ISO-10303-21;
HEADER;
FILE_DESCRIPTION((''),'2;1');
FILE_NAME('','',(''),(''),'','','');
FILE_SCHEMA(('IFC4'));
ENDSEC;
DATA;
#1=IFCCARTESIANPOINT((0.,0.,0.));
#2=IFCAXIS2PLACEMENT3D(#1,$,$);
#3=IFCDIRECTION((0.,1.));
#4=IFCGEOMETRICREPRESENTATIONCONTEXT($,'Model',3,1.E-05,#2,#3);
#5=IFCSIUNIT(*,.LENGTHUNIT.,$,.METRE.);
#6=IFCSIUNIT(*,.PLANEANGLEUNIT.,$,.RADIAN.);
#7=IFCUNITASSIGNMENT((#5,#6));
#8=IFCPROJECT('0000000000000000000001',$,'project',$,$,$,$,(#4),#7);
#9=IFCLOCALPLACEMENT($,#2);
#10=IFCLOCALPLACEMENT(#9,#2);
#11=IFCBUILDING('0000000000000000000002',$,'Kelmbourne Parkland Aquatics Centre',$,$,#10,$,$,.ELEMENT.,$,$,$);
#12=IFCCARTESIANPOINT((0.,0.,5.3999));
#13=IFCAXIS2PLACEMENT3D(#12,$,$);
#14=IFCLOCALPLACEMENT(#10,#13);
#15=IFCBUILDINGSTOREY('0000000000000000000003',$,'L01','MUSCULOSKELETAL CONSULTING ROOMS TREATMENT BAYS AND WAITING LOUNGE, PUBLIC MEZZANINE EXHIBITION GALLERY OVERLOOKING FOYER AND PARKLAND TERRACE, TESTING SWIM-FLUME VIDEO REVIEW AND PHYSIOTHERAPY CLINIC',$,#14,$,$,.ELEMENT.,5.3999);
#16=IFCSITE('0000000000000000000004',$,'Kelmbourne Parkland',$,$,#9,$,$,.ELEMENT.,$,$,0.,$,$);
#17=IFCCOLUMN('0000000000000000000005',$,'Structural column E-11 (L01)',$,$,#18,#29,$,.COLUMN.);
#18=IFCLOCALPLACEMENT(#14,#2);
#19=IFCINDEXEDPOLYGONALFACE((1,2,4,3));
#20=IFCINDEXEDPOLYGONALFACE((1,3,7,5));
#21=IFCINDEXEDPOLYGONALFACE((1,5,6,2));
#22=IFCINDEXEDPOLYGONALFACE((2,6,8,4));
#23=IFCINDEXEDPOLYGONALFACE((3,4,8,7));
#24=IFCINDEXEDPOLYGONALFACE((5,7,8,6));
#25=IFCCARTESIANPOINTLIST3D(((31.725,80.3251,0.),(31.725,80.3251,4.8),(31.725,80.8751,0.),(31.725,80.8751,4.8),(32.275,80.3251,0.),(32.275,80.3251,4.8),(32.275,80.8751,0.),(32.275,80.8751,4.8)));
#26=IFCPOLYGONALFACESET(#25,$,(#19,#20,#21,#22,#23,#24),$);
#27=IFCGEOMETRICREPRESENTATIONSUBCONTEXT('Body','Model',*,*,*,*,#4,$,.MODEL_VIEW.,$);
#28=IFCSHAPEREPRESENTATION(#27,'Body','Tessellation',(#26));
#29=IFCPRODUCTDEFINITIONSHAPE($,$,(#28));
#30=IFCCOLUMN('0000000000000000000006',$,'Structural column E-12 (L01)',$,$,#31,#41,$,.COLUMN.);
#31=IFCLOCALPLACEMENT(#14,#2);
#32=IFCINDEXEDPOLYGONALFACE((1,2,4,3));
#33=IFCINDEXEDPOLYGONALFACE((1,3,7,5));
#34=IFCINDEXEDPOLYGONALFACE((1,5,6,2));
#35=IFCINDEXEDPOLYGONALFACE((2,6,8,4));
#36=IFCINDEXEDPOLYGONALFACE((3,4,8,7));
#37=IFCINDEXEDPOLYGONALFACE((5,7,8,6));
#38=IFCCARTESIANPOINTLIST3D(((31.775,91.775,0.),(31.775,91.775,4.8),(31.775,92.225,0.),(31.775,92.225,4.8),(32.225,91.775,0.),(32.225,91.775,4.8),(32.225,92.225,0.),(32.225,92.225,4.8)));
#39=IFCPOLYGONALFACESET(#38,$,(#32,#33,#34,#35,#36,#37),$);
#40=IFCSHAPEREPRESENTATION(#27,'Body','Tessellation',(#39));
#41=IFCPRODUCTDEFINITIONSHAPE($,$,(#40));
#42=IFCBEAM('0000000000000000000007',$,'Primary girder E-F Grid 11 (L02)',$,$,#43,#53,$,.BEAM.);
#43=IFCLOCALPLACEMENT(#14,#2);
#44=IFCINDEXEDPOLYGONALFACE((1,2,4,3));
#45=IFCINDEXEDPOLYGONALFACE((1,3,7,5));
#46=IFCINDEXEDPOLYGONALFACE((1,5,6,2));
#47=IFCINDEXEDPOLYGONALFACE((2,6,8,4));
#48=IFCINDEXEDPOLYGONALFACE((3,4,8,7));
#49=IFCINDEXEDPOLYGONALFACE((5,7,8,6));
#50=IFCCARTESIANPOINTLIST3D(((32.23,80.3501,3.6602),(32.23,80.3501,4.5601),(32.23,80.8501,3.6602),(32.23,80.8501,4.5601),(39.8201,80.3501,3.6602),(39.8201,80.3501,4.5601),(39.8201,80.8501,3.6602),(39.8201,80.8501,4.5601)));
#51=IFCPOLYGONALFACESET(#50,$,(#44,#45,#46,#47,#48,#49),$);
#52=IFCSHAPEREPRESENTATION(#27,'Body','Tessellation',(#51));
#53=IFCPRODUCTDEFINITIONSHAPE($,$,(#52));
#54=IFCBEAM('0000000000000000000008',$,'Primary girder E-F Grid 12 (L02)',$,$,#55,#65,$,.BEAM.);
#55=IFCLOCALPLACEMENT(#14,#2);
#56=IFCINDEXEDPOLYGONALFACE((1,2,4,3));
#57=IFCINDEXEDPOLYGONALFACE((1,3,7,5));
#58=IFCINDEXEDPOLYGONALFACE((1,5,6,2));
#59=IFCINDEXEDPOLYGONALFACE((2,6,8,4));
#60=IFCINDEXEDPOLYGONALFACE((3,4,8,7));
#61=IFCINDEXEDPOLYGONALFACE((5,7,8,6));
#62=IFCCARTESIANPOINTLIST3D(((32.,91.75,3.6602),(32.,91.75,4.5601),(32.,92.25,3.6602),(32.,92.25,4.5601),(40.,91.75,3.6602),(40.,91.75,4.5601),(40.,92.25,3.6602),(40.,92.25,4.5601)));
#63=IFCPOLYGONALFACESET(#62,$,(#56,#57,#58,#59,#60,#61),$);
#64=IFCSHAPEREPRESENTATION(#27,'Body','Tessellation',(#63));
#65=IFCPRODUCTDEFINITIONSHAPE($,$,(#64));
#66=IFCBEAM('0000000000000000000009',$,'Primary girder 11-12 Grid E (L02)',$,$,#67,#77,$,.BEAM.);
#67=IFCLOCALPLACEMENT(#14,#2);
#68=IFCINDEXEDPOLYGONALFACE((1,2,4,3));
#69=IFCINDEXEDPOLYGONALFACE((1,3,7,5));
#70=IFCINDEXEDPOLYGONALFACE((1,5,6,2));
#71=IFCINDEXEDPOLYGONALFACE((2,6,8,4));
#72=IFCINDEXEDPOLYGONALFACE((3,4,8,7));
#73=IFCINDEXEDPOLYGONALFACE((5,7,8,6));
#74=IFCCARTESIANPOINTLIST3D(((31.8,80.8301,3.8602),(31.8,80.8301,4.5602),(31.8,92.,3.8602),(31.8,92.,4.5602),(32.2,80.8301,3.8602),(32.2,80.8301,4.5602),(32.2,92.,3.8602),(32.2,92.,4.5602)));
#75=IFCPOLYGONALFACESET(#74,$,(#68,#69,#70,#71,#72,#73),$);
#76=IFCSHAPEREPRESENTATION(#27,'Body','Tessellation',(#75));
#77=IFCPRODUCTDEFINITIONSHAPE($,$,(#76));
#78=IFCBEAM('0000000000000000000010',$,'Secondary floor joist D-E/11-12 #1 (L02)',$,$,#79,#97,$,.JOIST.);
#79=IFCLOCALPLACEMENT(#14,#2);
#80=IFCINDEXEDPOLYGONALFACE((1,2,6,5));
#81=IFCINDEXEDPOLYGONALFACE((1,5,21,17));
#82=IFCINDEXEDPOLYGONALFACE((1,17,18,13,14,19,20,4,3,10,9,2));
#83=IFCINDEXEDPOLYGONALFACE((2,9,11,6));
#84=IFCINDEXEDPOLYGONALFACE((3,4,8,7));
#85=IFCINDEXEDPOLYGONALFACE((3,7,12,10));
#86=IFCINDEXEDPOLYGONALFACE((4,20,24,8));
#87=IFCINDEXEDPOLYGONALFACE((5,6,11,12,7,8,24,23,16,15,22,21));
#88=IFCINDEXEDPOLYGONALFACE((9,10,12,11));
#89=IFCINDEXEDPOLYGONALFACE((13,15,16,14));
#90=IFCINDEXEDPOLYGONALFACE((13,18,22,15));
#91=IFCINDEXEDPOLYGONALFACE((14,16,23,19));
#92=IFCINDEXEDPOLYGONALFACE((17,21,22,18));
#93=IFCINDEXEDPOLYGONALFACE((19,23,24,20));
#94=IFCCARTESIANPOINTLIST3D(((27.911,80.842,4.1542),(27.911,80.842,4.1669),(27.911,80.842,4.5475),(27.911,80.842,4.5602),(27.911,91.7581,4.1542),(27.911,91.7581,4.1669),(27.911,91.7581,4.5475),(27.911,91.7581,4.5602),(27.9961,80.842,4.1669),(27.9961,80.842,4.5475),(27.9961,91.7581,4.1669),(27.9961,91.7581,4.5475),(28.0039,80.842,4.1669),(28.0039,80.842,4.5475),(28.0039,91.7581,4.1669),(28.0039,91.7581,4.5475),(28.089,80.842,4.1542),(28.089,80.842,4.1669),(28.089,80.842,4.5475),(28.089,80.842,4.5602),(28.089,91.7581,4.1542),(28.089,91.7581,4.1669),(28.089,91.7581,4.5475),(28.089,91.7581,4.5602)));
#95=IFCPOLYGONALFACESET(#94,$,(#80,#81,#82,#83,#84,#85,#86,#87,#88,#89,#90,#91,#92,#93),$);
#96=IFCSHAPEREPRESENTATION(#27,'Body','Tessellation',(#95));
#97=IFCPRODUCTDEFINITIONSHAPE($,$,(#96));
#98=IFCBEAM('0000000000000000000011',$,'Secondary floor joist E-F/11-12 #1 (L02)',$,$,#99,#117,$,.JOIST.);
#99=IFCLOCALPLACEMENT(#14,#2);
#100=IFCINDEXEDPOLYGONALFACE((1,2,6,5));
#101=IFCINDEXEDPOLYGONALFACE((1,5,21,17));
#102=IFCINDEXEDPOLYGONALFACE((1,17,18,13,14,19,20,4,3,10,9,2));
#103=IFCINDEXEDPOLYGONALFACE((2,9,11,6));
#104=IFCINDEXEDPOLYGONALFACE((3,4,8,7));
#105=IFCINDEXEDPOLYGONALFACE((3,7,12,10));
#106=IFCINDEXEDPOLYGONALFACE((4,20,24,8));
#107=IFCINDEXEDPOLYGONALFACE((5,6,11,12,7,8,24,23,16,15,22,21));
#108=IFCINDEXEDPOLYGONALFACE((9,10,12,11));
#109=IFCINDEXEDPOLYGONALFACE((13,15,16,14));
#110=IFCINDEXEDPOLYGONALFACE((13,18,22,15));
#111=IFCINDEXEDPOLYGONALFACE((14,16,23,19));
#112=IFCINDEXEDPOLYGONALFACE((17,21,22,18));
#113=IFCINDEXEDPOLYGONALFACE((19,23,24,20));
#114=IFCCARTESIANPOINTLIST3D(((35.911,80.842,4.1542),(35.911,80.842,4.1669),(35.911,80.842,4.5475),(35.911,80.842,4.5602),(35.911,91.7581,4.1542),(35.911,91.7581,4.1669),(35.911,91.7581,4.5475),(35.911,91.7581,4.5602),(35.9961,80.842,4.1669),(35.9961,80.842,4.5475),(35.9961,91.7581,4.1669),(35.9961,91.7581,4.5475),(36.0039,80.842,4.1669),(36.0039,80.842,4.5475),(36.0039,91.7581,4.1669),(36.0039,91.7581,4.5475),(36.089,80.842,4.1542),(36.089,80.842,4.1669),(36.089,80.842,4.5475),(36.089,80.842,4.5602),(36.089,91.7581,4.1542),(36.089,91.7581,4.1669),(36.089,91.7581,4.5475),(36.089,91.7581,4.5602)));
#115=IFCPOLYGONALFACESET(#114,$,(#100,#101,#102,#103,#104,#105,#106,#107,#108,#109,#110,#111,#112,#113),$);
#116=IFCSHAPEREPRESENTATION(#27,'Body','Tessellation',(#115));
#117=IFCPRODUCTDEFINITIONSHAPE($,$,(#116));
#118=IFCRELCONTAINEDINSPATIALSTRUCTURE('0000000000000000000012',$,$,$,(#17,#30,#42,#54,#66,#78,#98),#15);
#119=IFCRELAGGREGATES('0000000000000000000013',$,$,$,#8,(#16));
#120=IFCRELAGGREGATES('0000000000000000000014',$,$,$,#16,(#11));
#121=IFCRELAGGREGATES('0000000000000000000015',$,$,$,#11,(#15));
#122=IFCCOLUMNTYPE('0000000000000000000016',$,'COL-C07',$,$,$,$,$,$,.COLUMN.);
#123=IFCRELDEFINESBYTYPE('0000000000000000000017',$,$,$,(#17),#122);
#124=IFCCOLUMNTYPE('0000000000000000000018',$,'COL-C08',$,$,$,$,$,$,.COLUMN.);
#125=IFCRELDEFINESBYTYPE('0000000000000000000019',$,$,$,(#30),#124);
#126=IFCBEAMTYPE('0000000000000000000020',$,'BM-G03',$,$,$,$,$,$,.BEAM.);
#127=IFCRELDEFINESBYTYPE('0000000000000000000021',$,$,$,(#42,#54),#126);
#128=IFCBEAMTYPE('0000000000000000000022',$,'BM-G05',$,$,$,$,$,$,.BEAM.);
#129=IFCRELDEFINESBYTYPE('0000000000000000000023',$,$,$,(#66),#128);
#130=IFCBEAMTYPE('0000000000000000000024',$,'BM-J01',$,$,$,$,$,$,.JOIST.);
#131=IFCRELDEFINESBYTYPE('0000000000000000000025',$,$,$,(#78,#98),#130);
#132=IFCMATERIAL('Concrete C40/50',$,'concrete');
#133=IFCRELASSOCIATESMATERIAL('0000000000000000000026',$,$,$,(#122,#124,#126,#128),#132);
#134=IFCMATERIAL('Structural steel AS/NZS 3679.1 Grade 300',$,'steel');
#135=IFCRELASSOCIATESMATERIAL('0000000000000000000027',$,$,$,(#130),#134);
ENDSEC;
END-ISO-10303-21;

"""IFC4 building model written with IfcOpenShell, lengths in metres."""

from ifc_helpers import new_model, si_unit, direction, frame, origin, origin_2d, place, context, subcontext, project, spatial, rectangle, i_section, extrude, material, material_profile, profile_set, type_object, element, save


model = new_model("IFC4")

# Units and contexts
model_context = context("Model", 3, precision=1e-05, world=origin(), true_north=direction((0.0, 1.0)))
body_context = subcontext(model_context, "Body", "Model", "MODEL_VIEW")
ifc_project = project(units=[si_unit("LENGTHUNIT", "METRE"), si_unit("PLANEANGLEUNIT", "RADIAN")], contexts=[model_context])

# Site, building, storey
site_placement = place(None, origin())
site = spatial("IfcSite", under=ifc_project, at=site_placement, Name="Kelmbourne Parkland", CompositionType="ELEMENT", RefElevation=0.0)
building_placement = place(site_placement, origin())
building = spatial("IfcBuilding", under=site, at=building_placement, Name="Kelmbourne Parkland Aquatics Centre", CompositionType="ELEMENT")
storey_placement = place(building_placement, frame((0.0, 0.0, 5.3999)))
storey = spatial("IfcBuildingStorey", under=building, at=storey_placement, Name="L01", Description="MUSCULOSKELETAL CONSULTING ROOMS TREATMENT BAYS AND WAITING LOUNGE, PUBLIC MEZZANINE EXHIBITION GALLERY OVERLOOKING FOYER AND PARKLAND TERRACE, TESTING SWIM-FLUME VIDEO REVIEW AND PHYSIOTHERAPY CLINIC", CompositionType="ELEMENT", Elevation=5.3999)

# Columns
ifc_material_1 = material(Name="Concrete C40/50", Category="concrete")
ifc_material_profile_1 = material_profile(ifc_material_1, rectangle(XDim=0.55, YDim=0.55, at=origin_2d()), Name="RC 550x550")
ifc_profile_set_1 = profile_set([ifc_material_profile_1], Name="Concrete C40/50")
column_type_1 = type_object("IfcColumnType", Name="COL-C07", PredefinedType="COLUMN", material=ifc_profile_set_1)
column_1_placement = place(storey_placement, frame((32.0, 80.6001, 0.0), z_axis=(0.0, 0.0, 1.0), x_axis=(1.0, 0.0, 0.0)))
element("IfcColumn", 1, at=column_1_placement, inside=storey, type_object=column_type_1, Name="Structural column E-11 (L01)", PredefinedType="COLUMN", context=body_context, shape_type="SweptSolid", body=[
    extrude(rectangle(XDim=0.55, YDim=0.55, at=origin_2d()), origin(), (0.0, 0.0, 1.0), 4.8),
])
ifc_material_profile_2 = material_profile(ifc_material_1, rectangle(XDim=0.45, YDim=0.45, at=origin_2d()), Name="RC 450x450")
ifc_profile_set_2 = profile_set([ifc_material_profile_2], Name="Concrete C40/50")
column_type_2 = type_object("IfcColumnType", Name="COL-C08", PredefinedType="COLUMN", material=ifc_profile_set_2)
column_2_placement = place(storey_placement, frame((32.0, 92.0, 0.0), z_axis=(0.0, 0.0, 1.0), x_axis=(1.0, 0.0, 0.0)))
element("IfcColumn", 2, at=column_2_placement, inside=storey, type_object=column_type_2, Name="Structural column E-12 (L01)", PredefinedType="COLUMN", context=body_context, shape_type="SweptSolid", body=[
    extrude(rectangle(XDim=0.45, YDim=0.45, at=origin_2d()), origin(), (0.0, 0.0, 1.0), 4.8),
])

# Beams
ifc_material_profile_3 = material_profile(ifc_material_1, rectangle(XDim=0.5, YDim=0.8999, at=origin_2d()), Name="RC 500x900")
ifc_profile_set_3 = profile_set([ifc_material_profile_3], Name="Concrete C40/50")
beam_type_1 = type_object("IfcBeamType", Name="BM-G03", PredefinedType="BEAM", material=ifc_profile_set_3)
beam_1_placement = place(storey_placement, frame((32.23, 80.6001, 4.1101), z_axis=(1.0, 0.0, 0.0), x_axis=(0.0, 1.0, 0.0)))
element("IfcBeam", 3, at=beam_1_placement, inside=storey, type_object=beam_type_1, Name="Primary girder E-F Grid 11 (L02)", PredefinedType="BEAM", context=body_context, shape_type="SweptSolid", body=[
    extrude(rectangle(XDim=0.5, YDim=0.8999, at=origin_2d()), origin(), (0.0, 0.0, 1.0), 7.5901),
])
beam_2_placement = place(storey_placement, frame((32.0, 92.0, 4.1101), z_axis=(1.0, 0.0, 0.0), x_axis=(0.0, 1.0, 0.0)))
element("IfcBeam", 4, at=beam_2_placement, inside=storey, type_object=beam_type_1, Name="Primary girder E-F Grid 12 (L02)", PredefinedType="BEAM", context=body_context, shape_type="SweptSolid", body=[
    extrude(rectangle(XDim=0.5, YDim=0.8999, at=origin_2d()), origin(), (0.0, 0.0, 1.0), 8.0),
])
ifc_material_profile_4 = material_profile(ifc_material_1, rectangle(XDim=0.3999, YDim=0.7, at=origin_2d()), Name="RC 400x700")
ifc_profile_set_4 = profile_set([ifc_material_profile_4], Name="Concrete C40/50")
beam_type_2 = type_object("IfcBeamType", Name="BM-G05", PredefinedType="BEAM", material=ifc_profile_set_4)
beam_3_placement = place(storey_placement, frame((32.0, 80.8301, 4.2102), z_axis=(0.0, 1.0, 0.0), x_axis=(-1.0, 0.0, 0.0)))
element("IfcBeam", 5, at=beam_3_placement, inside=storey, type_object=beam_type_2, Name="Primary girder 11-12 Grid E (L02)", PredefinedType="BEAM", context=body_context, shape_type="SweptSolid", body=[
    extrude(rectangle(XDim=0.3999, YDim=0.7, at=origin_2d()), origin(), (0.0, 0.0, 1.0), 11.1699),
])
ifc_material_2 = material(Name="Structural steel AS/NZS 3679.1 Grade 300", Category="steel")
ifc_material_profile_5 = material_profile(ifc_material_2, i_section(OverallWidth=0.178, OverallDepth=0.406, WebThickness=0.0078, FlangeThickness=0.0127, at=origin_2d()), Name="410UB59.7")
ifc_profile_set_5 = profile_set([ifc_material_profile_5], Name="Structural steel AS/NZS 3679.1 Grade 300")
beam_type_3 = type_object("IfcBeamType", Name="BM-J01", PredefinedType="JOIST", material=ifc_profile_set_5)
for number, where, z_axis, x_axis, name in (
    (6, (28.0, 80.842, 4.3572), (0.0, 1.0, 0.0), (-1.0, 0.0, 0.0), "Secondary floor joist D-E/11-12 #1 (L02)"),
    (7, (36.0, 80.842, 4.3572), (0.0, 1.0, 0.0), (-1.0, 0.0, 0.0), "Secondary floor joist E-F/11-12 #1 (L02)"),
):
    element("IfcBeam", number, at=place(storey_placement, frame(where, z_axis=z_axis, x_axis=x_axis)), inside=storey, type_object=beam_type_3, Name=name, PredefinedType="JOIST", context=body_context, shape_type="SweptSolid", body=[
        extrude(i_section(OverallWidth=0.178, OverallDepth=0.406, WebThickness=0.0078, FlangeThickness=0.0127, at=origin_2d()), origin(), (0.0, 0.0, 1.0), 10.916),
    ])

save(model, "model.ifc")
